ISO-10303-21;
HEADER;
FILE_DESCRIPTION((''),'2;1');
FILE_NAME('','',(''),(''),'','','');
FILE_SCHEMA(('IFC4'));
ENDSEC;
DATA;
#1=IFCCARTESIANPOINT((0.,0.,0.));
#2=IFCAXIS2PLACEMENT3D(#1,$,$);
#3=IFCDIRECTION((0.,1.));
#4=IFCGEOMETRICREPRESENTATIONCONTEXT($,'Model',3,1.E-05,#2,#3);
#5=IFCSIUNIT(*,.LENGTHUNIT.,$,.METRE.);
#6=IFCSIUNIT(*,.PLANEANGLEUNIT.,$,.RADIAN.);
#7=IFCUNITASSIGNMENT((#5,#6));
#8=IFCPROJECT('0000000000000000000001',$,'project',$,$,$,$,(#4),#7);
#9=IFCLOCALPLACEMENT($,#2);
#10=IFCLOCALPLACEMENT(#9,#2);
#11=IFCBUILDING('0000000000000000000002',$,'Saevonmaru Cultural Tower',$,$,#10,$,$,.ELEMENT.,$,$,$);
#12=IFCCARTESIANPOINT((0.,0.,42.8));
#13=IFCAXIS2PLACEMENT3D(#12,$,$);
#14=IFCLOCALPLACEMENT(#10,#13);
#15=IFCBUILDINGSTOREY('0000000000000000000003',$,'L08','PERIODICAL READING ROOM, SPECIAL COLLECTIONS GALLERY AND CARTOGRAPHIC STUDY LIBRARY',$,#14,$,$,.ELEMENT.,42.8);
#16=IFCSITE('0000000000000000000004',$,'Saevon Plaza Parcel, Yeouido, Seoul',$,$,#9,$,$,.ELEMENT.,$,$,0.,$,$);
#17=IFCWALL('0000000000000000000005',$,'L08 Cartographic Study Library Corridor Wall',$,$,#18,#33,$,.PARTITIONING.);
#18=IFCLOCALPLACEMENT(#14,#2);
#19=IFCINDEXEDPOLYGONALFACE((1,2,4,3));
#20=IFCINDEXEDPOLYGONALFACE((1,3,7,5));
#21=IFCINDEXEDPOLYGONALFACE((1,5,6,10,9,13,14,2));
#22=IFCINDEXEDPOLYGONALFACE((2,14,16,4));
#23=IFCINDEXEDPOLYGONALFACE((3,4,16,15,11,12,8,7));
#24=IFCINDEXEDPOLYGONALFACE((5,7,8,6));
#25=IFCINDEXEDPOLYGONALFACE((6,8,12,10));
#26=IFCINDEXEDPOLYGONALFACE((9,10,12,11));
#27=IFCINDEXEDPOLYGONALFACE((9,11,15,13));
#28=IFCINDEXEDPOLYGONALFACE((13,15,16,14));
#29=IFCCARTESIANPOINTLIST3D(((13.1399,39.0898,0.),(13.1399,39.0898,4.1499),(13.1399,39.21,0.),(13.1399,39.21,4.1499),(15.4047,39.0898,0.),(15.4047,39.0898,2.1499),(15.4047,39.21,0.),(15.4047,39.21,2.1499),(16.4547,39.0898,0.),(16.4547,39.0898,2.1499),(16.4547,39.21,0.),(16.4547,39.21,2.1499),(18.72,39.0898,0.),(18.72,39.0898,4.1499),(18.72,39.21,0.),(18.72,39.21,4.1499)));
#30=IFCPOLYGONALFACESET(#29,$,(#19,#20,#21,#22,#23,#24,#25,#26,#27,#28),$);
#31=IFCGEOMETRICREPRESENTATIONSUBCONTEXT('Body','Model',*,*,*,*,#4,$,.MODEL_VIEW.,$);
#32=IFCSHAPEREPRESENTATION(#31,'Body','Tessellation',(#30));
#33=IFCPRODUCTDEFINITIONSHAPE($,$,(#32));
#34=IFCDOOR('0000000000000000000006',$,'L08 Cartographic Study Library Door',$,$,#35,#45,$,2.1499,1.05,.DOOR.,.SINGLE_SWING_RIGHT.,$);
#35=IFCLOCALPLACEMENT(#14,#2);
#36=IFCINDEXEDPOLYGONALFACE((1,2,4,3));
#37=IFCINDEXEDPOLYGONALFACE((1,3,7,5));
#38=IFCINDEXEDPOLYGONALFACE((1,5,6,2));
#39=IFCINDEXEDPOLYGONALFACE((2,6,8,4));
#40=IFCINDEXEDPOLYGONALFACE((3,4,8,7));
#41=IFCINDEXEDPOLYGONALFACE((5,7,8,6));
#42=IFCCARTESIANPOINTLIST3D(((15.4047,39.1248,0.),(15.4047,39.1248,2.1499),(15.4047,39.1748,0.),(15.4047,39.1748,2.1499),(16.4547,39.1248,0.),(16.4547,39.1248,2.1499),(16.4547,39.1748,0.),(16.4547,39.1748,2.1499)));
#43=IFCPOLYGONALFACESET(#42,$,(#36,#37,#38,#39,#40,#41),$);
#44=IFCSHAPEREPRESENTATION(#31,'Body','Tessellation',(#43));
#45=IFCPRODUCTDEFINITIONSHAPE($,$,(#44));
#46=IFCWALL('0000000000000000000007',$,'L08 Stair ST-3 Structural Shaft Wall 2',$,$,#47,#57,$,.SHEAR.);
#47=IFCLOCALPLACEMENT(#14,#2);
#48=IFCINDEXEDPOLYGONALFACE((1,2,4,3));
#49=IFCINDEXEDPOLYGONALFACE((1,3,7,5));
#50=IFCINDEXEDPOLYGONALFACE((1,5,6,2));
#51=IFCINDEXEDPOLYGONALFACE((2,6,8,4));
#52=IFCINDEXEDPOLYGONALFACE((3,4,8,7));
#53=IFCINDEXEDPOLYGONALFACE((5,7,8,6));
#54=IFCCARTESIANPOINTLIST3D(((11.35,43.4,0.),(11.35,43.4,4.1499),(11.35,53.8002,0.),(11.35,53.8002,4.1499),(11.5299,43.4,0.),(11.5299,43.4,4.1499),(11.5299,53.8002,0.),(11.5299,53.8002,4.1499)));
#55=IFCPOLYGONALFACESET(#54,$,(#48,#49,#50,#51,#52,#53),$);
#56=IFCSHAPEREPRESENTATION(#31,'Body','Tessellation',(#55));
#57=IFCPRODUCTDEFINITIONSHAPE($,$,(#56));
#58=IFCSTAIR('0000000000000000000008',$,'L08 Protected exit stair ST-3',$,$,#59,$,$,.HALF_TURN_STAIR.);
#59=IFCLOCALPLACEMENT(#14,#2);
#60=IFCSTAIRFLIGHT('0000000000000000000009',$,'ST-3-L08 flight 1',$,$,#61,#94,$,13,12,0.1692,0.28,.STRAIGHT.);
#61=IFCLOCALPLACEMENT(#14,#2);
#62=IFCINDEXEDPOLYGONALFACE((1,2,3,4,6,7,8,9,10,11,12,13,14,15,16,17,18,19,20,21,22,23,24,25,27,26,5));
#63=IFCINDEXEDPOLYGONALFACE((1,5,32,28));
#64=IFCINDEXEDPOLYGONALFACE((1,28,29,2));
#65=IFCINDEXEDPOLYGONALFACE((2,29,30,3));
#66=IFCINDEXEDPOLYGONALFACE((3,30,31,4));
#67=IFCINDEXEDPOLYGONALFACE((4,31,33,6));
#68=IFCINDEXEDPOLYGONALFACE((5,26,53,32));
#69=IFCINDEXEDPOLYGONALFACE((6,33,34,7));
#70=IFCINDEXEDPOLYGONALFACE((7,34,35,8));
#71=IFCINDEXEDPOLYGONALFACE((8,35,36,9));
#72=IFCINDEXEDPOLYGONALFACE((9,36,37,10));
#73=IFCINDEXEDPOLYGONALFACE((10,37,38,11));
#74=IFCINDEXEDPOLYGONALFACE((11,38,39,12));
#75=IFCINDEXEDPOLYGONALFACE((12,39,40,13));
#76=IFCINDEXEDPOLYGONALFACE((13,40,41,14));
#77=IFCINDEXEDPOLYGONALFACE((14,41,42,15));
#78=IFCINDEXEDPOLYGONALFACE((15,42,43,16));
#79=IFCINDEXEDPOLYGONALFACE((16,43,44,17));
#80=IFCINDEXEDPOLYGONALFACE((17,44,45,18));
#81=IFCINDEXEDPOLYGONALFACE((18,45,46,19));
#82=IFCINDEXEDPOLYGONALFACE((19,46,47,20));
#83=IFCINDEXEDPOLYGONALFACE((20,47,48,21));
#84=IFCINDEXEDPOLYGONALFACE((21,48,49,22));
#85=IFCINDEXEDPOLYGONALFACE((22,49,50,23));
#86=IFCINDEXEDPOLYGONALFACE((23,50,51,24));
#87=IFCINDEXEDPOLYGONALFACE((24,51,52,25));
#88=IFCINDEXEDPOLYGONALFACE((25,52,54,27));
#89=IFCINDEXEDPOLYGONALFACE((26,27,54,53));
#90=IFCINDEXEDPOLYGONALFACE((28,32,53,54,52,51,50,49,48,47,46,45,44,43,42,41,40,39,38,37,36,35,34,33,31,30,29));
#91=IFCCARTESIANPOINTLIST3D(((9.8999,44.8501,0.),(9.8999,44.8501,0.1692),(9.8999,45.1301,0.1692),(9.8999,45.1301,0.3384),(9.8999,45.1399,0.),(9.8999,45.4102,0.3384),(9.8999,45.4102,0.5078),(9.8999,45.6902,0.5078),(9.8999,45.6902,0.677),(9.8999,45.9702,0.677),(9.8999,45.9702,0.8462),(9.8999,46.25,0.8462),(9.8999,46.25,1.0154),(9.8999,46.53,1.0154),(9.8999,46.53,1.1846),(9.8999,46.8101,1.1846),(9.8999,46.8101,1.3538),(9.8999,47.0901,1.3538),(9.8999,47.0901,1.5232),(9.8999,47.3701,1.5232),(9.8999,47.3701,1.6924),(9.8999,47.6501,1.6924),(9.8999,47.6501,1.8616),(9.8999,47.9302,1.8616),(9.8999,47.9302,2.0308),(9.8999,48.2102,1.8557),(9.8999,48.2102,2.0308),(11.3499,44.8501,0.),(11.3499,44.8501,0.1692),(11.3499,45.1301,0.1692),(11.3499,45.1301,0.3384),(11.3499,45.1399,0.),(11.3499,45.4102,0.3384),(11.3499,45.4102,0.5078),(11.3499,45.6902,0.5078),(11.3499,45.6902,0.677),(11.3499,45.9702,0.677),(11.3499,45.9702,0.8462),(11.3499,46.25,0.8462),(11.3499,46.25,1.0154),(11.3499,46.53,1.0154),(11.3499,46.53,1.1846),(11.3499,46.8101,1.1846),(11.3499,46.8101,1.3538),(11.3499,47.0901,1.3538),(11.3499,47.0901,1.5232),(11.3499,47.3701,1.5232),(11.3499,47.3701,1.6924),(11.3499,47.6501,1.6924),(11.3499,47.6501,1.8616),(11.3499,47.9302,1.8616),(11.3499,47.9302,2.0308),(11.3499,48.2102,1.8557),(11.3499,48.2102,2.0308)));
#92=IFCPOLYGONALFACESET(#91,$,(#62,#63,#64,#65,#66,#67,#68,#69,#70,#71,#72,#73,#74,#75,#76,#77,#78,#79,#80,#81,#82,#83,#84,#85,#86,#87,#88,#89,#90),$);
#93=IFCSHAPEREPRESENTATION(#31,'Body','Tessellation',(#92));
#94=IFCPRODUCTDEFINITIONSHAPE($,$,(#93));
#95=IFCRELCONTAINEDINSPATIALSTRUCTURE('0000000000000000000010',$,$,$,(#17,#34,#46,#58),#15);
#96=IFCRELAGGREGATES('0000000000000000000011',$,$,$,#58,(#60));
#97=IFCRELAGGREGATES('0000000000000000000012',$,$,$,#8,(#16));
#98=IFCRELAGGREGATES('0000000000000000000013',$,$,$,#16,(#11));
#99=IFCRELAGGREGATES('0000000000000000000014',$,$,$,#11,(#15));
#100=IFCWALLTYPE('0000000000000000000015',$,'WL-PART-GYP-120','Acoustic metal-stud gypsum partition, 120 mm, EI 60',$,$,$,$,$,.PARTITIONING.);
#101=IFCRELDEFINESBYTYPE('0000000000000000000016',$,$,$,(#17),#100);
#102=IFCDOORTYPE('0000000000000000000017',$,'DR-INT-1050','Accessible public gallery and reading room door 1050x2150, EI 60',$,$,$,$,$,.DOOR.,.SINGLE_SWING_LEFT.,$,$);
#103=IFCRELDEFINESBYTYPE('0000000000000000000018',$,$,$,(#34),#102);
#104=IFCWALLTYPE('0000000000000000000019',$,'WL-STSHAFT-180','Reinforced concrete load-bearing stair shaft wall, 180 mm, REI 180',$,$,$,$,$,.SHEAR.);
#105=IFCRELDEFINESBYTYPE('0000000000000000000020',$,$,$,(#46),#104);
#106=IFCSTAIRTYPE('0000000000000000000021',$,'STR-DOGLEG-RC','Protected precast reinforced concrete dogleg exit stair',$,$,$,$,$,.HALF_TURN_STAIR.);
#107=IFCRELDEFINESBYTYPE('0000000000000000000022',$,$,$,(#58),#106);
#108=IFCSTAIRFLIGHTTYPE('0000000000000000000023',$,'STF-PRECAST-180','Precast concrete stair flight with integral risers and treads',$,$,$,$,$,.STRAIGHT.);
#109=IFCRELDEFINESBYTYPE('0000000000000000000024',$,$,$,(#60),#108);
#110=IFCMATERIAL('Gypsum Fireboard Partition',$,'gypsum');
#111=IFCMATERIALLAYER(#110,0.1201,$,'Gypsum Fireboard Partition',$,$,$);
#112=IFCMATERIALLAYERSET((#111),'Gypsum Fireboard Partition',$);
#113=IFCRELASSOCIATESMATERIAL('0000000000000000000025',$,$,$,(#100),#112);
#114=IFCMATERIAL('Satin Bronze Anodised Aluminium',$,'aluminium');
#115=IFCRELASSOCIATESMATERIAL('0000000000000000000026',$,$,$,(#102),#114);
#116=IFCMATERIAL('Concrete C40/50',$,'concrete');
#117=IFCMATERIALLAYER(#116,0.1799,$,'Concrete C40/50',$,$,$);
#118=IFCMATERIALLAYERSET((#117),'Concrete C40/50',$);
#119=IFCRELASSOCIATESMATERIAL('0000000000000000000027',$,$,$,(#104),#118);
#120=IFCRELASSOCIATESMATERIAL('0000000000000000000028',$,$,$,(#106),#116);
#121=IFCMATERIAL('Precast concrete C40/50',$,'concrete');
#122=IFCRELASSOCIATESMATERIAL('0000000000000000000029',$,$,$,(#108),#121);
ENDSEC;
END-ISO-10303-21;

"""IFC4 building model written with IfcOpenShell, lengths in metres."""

from ifc_helpers import new_model, si_unit, direction, frame, frame_2d, origin, place, context, subcontext, project, spatial, polyline, rectangle, outline, extrude, material, layer, layer_set, type_object, element, fill, aggregate, save


model = new_model("IFC4")

# Units and contexts
model_context = context("Model", 3, precision=1e-05, world=origin(), true_north=direction((0.0, 1.0)))
body_context = subcontext(model_context, "Body", "Model", "MODEL_VIEW")
ifc_project = project(units=[si_unit("LENGTHUNIT", "METRE"), si_unit("PLANEANGLEUNIT", "RADIAN")], contexts=[model_context])

# Site, building, storey
site_placement = place(None, origin())
site = spatial("IfcSite", under=ifc_project, at=site_placement, Name="Saevon Plaza Parcel, Yeouido, Seoul", CompositionType="ELEMENT", RefElevation=0.0)
building_placement = place(site_placement, origin())
building = spatial("IfcBuilding", under=site, at=building_placement, Name="Saevonmaru Cultural Tower", CompositionType="ELEMENT")
storey_placement = place(building_placement, frame((0.0, 0.0, 42.8)))
storey = spatial("IfcBuildingStorey", under=building, at=storey_placement, Name="L08", Description="PERIODICAL READING ROOM, SPECIAL COLLECTIONS GALLERY AND CARTOGRAPHIC STUDY LIBRARY", CompositionType="ELEMENT", Elevation=42.8)

# Shared definitions
ifc_material_1 = material(Name="Satin Bronze Anodised Aluminium", Category="aluminium")

# Shared definitions
ifc_material_2 = material(Name="Gypsum Fireboard Partition", Category="gypsum")
ifc_layer_1 = layer(ifc_material_2, 0.1201, Name="Gypsum Fireboard Partition")
ifc_layer_set_1 = layer_set([ifc_layer_1], Name="Gypsum Fireboard Partition")
wall_type_1 = type_object("IfcWallType", Name="WL-PART-GYP-120", Description="Acoustic metal-stud gypsum partition, 120 mm, EI 60", PredefinedType="PARTITIONING", material=ifc_layer_set_1)

# Wall, opening, door
door_type_1 = type_object("IfcDoorType", Name="DR-INT-1050", Description="Accessible public gallery and reading room door 1050x2150, EI 60", OperationType="SINGLE_SWING_LEFT", PredefinedType="DOOR", material=ifc_material_1)
wall_1_placement = place(storey_placement, frame((13.1399, 39.1499, 0.0), z_axis=(0.0, 0.0, 1.0), x_axis=(1.0, 0.0, 0.0)))
wall_1 = element("IfcWall", 1, at=wall_1_placement, inside=storey, type_object=wall_type_1, Name="L08 Cartographic Study Library Corridor Wall", PredefinedType="PARTITIONING", context=body_context, shape_type="SweptSolid", body=[
    extrude(rectangle(XDim=5.5801, YDim=0.1201, at=frame_2d((2.79, 0.0))), origin(), (0.0, 0.0, 1.0), 4.1499),
])
opening_1_placement = place(wall_1_placement, frame((2.2649, 0.0, 0.0)))
opening_1 = element("IfcOpeningElement", 2, at=opening_1_placement, cuts=wall_1, PredefinedType="OPENING", context=body_context, shape_type="SweptSolid", body=[
    extrude(rectangle(XDim=1.05, YDim=2.1499, at=frame_2d((0.5249, 1.075))), frame((0.0, 0.0701, 0.0), z_axis=(0.0, -1.0, 0.0), x_axis=(1.0, 0.0, 0.0)), (0.0, 0.0, 1.0), 0.1401),
])
door_1_placement = place(opening_1_placement, origin())
door_1 = element("IfcDoor", 3, at=door_1_placement, inside=storey, type_object=door_type_1, Name="L08 Cartographic Study Library Door", OperationType="SINGLE_SWING_RIGHT", OverallHeight=2.1499, OverallWidth=1.05, PredefinedType="DOOR", context=body_context, shape_type="SweptSolid", body=[
    extrude(rectangle(XDim=1.05, YDim=2.1499, at=frame_2d((0.5249, 1.075))), frame((0.0, 0.0249, 0.0), z_axis=(0.0, -1.0, 0.0), x_axis=(1.0, 0.0, 0.0)), (0.0, 0.0, 1.0), 0.05),
])
fill(opening_1, door_1)
ifc_material_3 = material(Name="Concrete C40/50", Category="concrete")
ifc_layer_2 = layer(ifc_material_3, 0.1799, Name="Concrete C40/50")
ifc_layer_set_2 = layer_set([ifc_layer_2], Name="Concrete C40/50")
wall_type_2 = type_object("IfcWallType", Name="WL-STSHAFT-180", Description="Reinforced concrete load-bearing stair shaft wall, 180 mm, REI 180", PredefinedType="SHEAR", material=ifc_layer_set_2)

# Wall
wall_2_placement = place(storey_placement, frame((11.4399, 43.3999, 0.0), z_axis=(0.0, 0.0, 1.0), x_axis=(0.0, 1.0, 0.0)))
element("IfcWall", 4, at=wall_2_placement, inside=storey, type_object=wall_type_2, Name="L08 Stair ST-3 Structural Shaft Wall 2", PredefinedType="SHEAR", context=body_context, shape_type="SweptSolid", body=[
    extrude(rectangle(XDim=10.4001, YDim=0.1799, at=frame_2d((5.2002, 0.0))), origin(), (0.0, 0.0, 1.0), 4.1499),
])

# Stair, stair flight
stair_type = type_object("IfcStairType", Name="STR-DOGLEG-RC", Description="Protected precast reinforced concrete dogleg exit stair", PredefinedType="HALF_TURN_STAIR", material=ifc_material_3)
stair_placement = place(storey_placement, origin())
stair = element("IfcStair", 5, at=stair_placement, inside=storey, type_object=stair_type, Name="L08 Protected exit stair ST-3", PredefinedType="HALF_TURN_STAIR")
ifc_material_4 = material(Name="Precast concrete C40/50", Category="concrete")
stair_flight_type = type_object("IfcStairFlightType", Name="STF-PRECAST-180", Description="Precast concrete stair flight with integral risers and treads", PredefinedType="STRAIGHT", material=ifc_material_4)
stair_flight_placement = place(storey_placement, frame((10.625, 44.8501, 0.0), z_axis=(0.0, 0.0, 1.0), x_axis=(0.0, 1.0, 0.0)))
stair_flight = element("IfcStairFlight", 6, at=stair_flight_placement, type_object=stair_flight_type, Name="ST-3-L08 flight 1", NumberOfRisers=13, NumberOfTreads=12, PredefinedType="STRAIGHT", RiserHeight=0.1692, TreadLength=0.28, context=body_context, shape_type="SweptSolid", body=[
    extrude(outline(polyline([(0.0, 0.0), (0.0, 0.1692), (0.28, 0.1692), (0.28, 0.3384), (0.5601, 0.3384), (0.5601, 0.5078), (0.8401, 0.5078), (0.8401, 0.677), (1.1201, 0.677), (1.1201, 0.8462), (1.3999, 0.8462), (1.3999, 1.0154), (1.6799, 1.0154), (1.6799, 1.1846), (1.96, 1.1846), (1.96, 1.3538), (2.24, 1.3538), (2.24, 1.5232), (2.52, 1.5232), (2.52, 1.6924), (2.8, 1.6924), (2.8, 1.8616), (3.0801, 1.8616), (3.0801, 2.0308), (3.3601, 2.0308), (3.3601, 2.2), (3.3601, 1.8557), (0.2898, 0.0), (0.0, 0.0)])), frame((0.0, 0.7251, 0.0), z_axis=(0.0, -1.0, 0.0), x_axis=(1.0, 0.0, 0.0)), (0.0, 0.0, 1.0), 1.45),
])
aggregate(stair, [stair_flight])

save(model, "model.ifc")
